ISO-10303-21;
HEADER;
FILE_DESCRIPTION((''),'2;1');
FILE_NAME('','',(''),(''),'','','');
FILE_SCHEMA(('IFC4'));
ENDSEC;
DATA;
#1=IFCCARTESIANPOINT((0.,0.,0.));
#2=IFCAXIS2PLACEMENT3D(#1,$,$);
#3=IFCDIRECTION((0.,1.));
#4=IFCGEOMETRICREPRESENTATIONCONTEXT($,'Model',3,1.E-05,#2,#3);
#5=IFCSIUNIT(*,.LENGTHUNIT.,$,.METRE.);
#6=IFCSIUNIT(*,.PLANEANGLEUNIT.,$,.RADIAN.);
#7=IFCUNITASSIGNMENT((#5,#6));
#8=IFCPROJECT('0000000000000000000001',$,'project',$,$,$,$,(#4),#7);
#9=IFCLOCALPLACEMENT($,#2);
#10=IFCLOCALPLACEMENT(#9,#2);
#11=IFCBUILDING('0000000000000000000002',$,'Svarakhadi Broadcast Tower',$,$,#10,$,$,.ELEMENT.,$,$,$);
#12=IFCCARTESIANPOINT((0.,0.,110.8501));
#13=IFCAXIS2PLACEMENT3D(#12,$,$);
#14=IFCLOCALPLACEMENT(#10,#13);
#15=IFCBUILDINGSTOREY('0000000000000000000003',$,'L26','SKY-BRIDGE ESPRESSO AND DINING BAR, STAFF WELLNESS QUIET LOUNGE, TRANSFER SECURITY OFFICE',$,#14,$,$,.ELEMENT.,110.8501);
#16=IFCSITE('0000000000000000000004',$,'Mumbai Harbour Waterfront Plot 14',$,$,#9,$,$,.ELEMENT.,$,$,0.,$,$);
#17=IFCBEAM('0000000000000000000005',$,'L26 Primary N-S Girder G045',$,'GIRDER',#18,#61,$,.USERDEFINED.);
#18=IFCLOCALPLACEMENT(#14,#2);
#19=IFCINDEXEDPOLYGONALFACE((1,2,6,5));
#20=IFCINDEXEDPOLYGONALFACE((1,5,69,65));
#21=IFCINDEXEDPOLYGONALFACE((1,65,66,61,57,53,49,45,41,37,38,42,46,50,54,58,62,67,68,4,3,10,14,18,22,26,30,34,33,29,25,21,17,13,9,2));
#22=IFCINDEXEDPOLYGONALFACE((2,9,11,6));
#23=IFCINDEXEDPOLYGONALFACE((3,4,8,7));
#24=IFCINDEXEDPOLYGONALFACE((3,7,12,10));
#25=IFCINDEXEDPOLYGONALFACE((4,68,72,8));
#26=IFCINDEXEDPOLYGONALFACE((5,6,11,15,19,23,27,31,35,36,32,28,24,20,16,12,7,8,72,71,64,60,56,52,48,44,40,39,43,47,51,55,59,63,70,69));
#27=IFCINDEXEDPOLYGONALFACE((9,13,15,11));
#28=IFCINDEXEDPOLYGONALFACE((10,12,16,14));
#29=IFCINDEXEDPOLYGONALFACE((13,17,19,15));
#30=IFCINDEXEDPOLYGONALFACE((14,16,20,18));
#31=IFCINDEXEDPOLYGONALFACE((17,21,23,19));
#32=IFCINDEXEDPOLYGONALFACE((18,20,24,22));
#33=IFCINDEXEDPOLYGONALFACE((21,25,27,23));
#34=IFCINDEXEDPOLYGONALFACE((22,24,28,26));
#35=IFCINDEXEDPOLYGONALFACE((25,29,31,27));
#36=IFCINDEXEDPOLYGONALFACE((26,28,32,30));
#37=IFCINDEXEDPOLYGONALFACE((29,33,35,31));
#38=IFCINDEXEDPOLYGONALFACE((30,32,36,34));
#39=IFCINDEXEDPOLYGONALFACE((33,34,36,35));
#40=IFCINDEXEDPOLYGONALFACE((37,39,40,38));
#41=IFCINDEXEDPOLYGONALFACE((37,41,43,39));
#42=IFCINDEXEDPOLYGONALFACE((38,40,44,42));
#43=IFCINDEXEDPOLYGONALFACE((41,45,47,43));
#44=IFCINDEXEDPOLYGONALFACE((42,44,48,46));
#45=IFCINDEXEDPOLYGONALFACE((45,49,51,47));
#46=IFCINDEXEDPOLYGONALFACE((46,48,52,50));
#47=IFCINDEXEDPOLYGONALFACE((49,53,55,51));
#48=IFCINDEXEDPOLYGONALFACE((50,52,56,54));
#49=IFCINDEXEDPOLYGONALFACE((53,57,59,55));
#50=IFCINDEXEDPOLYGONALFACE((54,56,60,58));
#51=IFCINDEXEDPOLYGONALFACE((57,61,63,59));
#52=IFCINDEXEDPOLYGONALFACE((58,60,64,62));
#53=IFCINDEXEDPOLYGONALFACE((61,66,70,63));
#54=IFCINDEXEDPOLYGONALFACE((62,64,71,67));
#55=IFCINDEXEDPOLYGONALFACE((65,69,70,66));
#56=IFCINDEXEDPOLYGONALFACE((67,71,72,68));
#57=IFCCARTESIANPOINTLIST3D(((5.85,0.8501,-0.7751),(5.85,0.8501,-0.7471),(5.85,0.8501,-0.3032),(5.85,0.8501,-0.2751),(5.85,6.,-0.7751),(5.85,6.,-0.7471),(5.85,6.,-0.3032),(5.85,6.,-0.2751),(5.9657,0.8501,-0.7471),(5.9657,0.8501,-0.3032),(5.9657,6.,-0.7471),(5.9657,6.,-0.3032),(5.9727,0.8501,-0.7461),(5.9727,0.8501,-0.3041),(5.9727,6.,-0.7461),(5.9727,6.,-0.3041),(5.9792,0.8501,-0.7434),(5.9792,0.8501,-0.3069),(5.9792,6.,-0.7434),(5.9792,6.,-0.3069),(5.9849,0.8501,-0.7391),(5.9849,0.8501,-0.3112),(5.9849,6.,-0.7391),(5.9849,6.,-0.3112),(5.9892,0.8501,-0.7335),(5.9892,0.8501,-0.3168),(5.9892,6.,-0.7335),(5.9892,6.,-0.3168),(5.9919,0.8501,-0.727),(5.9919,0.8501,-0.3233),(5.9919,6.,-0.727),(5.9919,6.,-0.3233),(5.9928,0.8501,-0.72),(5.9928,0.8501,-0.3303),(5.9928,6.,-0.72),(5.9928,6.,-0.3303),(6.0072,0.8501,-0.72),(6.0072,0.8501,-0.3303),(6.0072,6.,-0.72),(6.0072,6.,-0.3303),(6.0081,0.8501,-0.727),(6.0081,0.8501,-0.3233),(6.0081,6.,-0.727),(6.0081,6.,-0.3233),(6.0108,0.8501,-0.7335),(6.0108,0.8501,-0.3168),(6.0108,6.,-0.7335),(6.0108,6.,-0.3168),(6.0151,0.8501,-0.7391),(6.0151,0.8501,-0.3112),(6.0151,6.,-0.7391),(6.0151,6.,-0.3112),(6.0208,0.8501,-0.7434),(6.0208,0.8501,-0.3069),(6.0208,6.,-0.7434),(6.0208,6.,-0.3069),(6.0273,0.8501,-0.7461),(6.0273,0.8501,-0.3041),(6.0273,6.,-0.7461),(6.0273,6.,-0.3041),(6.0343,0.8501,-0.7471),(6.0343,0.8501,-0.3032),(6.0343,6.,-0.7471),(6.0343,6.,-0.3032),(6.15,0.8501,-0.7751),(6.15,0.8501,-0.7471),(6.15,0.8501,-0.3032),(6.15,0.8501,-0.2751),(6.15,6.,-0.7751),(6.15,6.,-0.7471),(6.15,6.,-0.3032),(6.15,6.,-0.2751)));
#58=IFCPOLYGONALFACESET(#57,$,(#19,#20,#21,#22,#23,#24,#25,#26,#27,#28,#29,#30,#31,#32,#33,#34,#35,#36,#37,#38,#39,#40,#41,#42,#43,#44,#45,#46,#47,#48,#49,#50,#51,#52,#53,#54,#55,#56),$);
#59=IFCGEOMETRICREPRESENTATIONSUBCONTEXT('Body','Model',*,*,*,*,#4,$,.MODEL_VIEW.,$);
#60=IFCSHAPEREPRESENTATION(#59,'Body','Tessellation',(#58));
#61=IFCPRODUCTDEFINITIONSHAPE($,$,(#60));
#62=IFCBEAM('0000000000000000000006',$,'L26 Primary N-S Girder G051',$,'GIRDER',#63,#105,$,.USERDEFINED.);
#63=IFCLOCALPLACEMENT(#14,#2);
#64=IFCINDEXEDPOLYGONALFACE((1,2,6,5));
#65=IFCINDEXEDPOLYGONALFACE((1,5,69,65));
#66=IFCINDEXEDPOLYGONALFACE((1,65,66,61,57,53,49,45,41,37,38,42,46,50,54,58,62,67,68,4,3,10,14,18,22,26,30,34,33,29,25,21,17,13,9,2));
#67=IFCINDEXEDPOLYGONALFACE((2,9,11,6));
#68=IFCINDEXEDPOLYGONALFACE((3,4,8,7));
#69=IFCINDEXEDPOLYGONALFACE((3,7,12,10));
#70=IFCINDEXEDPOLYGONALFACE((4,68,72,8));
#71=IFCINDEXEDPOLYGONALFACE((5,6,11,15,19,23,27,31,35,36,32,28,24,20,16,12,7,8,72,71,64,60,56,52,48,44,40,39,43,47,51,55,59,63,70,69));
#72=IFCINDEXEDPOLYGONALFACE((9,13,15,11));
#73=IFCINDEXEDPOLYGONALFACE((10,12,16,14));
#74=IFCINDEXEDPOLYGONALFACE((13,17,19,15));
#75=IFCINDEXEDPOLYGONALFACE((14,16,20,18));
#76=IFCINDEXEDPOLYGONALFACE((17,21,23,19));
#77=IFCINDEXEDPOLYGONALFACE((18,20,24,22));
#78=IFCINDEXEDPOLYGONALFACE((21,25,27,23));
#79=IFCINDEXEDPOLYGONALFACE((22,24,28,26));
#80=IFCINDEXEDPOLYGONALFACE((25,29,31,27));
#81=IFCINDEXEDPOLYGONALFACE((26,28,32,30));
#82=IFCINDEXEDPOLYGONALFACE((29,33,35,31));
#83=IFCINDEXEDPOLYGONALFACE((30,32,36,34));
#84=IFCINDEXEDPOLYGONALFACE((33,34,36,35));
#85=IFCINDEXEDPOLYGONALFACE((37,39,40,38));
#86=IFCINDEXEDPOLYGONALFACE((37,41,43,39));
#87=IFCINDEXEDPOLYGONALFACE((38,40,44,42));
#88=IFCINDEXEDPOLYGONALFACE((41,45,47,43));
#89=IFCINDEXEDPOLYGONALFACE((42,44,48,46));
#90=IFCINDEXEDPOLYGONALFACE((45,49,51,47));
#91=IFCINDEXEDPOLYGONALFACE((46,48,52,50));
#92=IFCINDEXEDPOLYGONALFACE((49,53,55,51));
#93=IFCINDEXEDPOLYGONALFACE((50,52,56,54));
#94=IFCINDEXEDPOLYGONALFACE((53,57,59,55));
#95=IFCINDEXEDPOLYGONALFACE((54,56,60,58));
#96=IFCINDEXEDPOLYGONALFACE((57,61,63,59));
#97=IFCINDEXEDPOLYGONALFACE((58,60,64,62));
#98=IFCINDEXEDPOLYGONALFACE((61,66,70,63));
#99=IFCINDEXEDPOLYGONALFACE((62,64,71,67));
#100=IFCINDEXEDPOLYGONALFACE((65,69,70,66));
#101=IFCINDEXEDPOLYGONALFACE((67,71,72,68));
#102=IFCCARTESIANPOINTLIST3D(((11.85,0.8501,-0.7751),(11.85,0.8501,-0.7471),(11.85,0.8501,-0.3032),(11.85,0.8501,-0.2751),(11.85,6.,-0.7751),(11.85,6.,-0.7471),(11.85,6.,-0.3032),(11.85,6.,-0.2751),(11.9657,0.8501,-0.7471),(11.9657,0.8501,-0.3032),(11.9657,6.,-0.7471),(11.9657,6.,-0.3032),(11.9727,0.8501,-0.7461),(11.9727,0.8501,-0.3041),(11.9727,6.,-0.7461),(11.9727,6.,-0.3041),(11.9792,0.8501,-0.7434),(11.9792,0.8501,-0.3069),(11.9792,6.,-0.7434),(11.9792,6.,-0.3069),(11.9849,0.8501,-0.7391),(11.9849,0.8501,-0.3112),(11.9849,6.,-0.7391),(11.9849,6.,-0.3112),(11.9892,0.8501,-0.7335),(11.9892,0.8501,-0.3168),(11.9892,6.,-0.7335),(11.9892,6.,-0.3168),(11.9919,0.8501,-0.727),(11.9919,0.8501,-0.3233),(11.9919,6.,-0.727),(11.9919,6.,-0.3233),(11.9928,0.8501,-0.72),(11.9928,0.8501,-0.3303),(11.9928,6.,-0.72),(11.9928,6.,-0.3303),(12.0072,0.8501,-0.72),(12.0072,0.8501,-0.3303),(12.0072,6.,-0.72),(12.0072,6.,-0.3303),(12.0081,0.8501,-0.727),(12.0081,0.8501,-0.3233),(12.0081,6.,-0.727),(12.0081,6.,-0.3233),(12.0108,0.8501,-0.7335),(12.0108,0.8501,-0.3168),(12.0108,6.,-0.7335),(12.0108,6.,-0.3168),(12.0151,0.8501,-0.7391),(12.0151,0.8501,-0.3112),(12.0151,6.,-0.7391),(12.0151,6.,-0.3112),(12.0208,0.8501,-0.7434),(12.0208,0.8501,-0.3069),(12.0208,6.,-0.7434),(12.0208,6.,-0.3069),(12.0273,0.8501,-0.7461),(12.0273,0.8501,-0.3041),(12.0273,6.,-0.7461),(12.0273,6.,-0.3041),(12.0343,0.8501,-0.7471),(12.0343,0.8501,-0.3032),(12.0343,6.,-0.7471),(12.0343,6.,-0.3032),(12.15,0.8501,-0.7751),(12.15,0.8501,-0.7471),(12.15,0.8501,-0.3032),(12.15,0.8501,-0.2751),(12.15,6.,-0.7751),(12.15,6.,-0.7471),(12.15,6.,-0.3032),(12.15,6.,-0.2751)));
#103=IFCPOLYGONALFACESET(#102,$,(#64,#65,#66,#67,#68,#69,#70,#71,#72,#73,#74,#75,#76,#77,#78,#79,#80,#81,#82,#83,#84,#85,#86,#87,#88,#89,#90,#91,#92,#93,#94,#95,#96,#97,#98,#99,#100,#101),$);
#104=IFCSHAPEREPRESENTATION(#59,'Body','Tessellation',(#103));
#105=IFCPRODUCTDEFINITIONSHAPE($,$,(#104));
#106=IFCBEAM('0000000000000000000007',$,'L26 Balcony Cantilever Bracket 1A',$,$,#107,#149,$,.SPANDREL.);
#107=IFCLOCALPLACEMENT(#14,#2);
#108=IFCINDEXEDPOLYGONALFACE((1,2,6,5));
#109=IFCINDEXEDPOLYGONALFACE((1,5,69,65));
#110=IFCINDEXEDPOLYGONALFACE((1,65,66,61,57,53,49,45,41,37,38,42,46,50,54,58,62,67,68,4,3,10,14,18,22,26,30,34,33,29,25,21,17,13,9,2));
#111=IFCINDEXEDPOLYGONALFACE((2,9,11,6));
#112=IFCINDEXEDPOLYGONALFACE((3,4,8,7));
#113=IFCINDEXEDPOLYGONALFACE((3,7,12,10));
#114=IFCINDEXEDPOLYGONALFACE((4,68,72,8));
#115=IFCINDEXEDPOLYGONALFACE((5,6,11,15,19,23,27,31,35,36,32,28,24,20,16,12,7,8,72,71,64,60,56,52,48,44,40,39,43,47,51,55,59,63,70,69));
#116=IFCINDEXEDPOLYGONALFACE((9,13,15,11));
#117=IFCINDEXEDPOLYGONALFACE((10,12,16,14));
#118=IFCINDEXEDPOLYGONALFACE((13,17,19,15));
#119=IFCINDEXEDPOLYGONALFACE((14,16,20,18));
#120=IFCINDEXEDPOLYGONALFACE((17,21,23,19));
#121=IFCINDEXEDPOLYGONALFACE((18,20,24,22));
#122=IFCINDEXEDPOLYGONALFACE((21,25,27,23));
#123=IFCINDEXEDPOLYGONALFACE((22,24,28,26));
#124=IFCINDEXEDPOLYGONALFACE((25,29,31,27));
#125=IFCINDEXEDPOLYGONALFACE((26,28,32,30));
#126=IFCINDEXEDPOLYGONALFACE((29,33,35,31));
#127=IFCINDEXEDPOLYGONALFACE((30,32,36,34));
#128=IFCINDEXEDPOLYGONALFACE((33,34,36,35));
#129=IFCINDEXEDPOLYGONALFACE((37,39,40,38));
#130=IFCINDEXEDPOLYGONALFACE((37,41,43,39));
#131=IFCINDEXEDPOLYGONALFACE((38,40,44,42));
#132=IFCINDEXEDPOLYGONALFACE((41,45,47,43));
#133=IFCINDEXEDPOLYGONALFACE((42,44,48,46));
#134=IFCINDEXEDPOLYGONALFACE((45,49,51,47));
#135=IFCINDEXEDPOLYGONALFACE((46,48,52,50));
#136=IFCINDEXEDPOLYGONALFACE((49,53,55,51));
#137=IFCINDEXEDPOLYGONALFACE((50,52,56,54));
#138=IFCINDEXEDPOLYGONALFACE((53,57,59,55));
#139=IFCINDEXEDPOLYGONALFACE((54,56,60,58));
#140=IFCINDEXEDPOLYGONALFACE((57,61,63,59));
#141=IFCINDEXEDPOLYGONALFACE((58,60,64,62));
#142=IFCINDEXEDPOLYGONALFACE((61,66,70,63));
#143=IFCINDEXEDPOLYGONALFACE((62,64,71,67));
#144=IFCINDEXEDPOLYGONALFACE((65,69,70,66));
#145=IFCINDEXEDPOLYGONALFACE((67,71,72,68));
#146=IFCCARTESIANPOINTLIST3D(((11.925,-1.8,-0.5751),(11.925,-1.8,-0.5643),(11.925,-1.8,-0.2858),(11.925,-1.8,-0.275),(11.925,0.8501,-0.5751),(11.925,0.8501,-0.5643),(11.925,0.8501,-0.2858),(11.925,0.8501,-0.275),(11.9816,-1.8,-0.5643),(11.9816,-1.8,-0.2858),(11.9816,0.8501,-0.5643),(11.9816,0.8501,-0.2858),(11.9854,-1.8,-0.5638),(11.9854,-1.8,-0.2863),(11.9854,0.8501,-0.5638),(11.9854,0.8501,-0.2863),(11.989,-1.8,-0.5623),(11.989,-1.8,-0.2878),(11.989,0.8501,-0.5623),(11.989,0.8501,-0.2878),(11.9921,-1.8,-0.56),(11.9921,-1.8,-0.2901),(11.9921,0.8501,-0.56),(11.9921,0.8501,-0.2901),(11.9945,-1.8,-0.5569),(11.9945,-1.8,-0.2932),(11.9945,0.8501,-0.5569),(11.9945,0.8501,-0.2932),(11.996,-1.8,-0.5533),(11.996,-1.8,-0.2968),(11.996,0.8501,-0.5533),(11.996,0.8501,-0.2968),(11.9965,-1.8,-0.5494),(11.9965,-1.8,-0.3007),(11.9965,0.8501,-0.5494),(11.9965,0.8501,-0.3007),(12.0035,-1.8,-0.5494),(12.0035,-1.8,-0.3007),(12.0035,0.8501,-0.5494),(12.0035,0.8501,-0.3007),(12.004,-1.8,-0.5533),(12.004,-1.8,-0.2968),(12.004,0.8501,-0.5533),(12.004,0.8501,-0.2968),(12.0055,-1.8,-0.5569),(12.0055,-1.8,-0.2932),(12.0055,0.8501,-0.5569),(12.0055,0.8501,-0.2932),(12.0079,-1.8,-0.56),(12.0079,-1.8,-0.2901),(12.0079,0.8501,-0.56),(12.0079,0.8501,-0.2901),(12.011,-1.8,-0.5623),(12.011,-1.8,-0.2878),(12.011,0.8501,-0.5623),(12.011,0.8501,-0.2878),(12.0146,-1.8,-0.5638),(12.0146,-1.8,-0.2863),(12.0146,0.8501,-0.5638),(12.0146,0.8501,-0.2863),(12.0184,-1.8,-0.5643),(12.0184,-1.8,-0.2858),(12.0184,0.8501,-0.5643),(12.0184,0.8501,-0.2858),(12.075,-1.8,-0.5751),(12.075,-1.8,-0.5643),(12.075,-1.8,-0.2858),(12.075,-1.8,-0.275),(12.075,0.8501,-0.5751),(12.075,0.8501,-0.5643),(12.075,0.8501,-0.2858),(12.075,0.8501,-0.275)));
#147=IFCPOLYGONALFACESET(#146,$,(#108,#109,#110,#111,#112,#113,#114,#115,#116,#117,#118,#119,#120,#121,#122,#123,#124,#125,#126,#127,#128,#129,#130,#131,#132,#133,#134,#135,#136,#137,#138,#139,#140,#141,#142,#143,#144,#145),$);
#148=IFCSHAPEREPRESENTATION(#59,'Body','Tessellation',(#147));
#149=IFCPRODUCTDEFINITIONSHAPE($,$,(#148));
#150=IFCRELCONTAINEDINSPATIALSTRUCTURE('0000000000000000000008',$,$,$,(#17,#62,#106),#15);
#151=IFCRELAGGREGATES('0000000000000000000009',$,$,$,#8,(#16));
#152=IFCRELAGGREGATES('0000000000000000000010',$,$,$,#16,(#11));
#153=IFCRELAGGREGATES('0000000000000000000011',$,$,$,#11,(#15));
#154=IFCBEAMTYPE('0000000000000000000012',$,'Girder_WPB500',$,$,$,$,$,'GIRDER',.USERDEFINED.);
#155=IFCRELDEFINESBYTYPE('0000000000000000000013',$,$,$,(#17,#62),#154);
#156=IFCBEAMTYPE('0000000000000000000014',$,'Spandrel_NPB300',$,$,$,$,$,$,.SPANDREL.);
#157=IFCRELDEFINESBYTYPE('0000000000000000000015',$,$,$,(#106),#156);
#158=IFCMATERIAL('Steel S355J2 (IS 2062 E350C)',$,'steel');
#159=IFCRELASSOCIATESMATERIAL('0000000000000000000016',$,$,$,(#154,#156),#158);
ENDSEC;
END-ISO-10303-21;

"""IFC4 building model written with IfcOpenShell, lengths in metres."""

from ifc_helpers import new_model, si_unit, direction, frame, origin, origin_2d, place, context, subcontext, project, spatial, i_section, extrude, material, material_profile, profile_set, type_object, element, save


model = new_model("IFC4")

# Units and contexts
model_context = context("Model", 3, precision=1e-05, world=origin(), true_north=direction((0.0, 1.0)))
body_context = subcontext(model_context, "Body", "Model", "MODEL_VIEW")
ifc_project = project(units=[si_unit("LENGTHUNIT", "METRE"), si_unit("PLANEANGLEUNIT", "RADIAN")], contexts=[model_context])

# Site, building, storey
site_placement = place(None, origin())
site = spatial("IfcSite", under=ifc_project, at=site_placement, Name="Mumbai Harbour Waterfront Plot 14", CompositionType="ELEMENT", RefElevation=0.0)
building_placement = place(site_placement, origin())
building = spatial("IfcBuilding", under=site, at=building_placement, Name="Svarakhadi Broadcast Tower", CompositionType="ELEMENT")
storey_placement = place(building_placement, frame((0.0, 0.0, 110.8501)))
storey = spatial("IfcBuildingStorey", under=building, at=storey_placement, Name="L26", Description="SKY-BRIDGE ESPRESSO AND DINING BAR, STAFF WELLNESS QUIET LOUNGE, TRANSFER SECURITY OFFICE", CompositionType="ELEMENT", Elevation=110.8501)

# Shared definitions
ifc_material_1 = material(Name="Steel S355J2 (IS 2062 E350C)", Category="steel")

# Beams
ifc_material_profile_1 = material_profile(ifc_material_1, i_section(OverallWidth=0.3, OverallDepth=0.5, WebThickness=0.0144, FlangeThickness=0.0281, FilletRadius=0.0271, at=origin_2d()), Name="WPB 500x300x187")
ifc_profile_set_1 = profile_set([ifc_material_profile_1], Name="Steel S355J2 (IS 2062 E350C)")
beam_type_1 = type_object("IfcBeamType", Name="Girder_WPB500", ElementType="GIRDER", PredefinedType="USERDEFINED", material=ifc_profile_set_1)
for number, where, z_axis, x_axis, name in (
    (1, (6.0, 0.8501, -0.5251), (0.0, 1.0, 0.0), (-1.0, 0.0, 0.0), "L26 Primary N-S Girder G045"),
    (2, (12.0, 0.8501, -0.5251), (0.0, 1.0, 0.0), (-1.0, 0.0, 0.0), "L26 Primary N-S Girder G051"),
):
    element("IfcBeam", number, at=place(storey_placement, frame(where, z_axis=z_axis, x_axis=x_axis)), inside=storey, type_object=beam_type_1, Name=name, ObjectType="GIRDER", PredefinedType="USERDEFINED", context=body_context, shape_type="SweptSolid", body=[
        extrude(i_section(OverallWidth=0.3, OverallDepth=0.5, WebThickness=0.0144, FlangeThickness=0.0281, FilletRadius=0.0271, at=origin_2d()), origin(), (0.0, 0.0, 1.0), 5.1499),
    ])
ifc_material_profile_2 = material_profile(ifc_material_1, i_section(OverallWidth=0.1499, OverallDepth=0.3, WebThickness=0.0071, FlangeThickness=0.0107, FilletRadius=0.0149, at=origin_2d()), Name="NPB 300x150x37")
ifc_profile_set_2 = profile_set([ifc_material_profile_2], Name="Steel S355J2 (IS 2062 E350C)")
beam_type_2 = type_object("IfcBeamType", Name="Spandrel_NPB300", PredefinedType="SPANDREL", material=ifc_profile_set_2)
beam_1_placement = place(storey_placement, frame((12.0, 0.8501, -0.425), z_axis=(0.0, -1.0, 0.0), x_axis=(1.0, 0.0, 0.0)))
element("IfcBeam", 3, at=beam_1_placement, inside=storey, type_object=beam_type_2, Name="L26 Balcony Cantilever Bracket 1A", PredefinedType="SPANDREL", context=body_context, shape_type="SweptSolid", body=[
    extrude(i_section(OverallWidth=0.1499, OverallDepth=0.3, WebThickness=0.0071, FlangeThickness=0.0107, FilletRadius=0.0149, at=origin_2d()), origin(), (0.0, 0.0, 1.0), 2.6501),
])

save(model, "model.ifc")
